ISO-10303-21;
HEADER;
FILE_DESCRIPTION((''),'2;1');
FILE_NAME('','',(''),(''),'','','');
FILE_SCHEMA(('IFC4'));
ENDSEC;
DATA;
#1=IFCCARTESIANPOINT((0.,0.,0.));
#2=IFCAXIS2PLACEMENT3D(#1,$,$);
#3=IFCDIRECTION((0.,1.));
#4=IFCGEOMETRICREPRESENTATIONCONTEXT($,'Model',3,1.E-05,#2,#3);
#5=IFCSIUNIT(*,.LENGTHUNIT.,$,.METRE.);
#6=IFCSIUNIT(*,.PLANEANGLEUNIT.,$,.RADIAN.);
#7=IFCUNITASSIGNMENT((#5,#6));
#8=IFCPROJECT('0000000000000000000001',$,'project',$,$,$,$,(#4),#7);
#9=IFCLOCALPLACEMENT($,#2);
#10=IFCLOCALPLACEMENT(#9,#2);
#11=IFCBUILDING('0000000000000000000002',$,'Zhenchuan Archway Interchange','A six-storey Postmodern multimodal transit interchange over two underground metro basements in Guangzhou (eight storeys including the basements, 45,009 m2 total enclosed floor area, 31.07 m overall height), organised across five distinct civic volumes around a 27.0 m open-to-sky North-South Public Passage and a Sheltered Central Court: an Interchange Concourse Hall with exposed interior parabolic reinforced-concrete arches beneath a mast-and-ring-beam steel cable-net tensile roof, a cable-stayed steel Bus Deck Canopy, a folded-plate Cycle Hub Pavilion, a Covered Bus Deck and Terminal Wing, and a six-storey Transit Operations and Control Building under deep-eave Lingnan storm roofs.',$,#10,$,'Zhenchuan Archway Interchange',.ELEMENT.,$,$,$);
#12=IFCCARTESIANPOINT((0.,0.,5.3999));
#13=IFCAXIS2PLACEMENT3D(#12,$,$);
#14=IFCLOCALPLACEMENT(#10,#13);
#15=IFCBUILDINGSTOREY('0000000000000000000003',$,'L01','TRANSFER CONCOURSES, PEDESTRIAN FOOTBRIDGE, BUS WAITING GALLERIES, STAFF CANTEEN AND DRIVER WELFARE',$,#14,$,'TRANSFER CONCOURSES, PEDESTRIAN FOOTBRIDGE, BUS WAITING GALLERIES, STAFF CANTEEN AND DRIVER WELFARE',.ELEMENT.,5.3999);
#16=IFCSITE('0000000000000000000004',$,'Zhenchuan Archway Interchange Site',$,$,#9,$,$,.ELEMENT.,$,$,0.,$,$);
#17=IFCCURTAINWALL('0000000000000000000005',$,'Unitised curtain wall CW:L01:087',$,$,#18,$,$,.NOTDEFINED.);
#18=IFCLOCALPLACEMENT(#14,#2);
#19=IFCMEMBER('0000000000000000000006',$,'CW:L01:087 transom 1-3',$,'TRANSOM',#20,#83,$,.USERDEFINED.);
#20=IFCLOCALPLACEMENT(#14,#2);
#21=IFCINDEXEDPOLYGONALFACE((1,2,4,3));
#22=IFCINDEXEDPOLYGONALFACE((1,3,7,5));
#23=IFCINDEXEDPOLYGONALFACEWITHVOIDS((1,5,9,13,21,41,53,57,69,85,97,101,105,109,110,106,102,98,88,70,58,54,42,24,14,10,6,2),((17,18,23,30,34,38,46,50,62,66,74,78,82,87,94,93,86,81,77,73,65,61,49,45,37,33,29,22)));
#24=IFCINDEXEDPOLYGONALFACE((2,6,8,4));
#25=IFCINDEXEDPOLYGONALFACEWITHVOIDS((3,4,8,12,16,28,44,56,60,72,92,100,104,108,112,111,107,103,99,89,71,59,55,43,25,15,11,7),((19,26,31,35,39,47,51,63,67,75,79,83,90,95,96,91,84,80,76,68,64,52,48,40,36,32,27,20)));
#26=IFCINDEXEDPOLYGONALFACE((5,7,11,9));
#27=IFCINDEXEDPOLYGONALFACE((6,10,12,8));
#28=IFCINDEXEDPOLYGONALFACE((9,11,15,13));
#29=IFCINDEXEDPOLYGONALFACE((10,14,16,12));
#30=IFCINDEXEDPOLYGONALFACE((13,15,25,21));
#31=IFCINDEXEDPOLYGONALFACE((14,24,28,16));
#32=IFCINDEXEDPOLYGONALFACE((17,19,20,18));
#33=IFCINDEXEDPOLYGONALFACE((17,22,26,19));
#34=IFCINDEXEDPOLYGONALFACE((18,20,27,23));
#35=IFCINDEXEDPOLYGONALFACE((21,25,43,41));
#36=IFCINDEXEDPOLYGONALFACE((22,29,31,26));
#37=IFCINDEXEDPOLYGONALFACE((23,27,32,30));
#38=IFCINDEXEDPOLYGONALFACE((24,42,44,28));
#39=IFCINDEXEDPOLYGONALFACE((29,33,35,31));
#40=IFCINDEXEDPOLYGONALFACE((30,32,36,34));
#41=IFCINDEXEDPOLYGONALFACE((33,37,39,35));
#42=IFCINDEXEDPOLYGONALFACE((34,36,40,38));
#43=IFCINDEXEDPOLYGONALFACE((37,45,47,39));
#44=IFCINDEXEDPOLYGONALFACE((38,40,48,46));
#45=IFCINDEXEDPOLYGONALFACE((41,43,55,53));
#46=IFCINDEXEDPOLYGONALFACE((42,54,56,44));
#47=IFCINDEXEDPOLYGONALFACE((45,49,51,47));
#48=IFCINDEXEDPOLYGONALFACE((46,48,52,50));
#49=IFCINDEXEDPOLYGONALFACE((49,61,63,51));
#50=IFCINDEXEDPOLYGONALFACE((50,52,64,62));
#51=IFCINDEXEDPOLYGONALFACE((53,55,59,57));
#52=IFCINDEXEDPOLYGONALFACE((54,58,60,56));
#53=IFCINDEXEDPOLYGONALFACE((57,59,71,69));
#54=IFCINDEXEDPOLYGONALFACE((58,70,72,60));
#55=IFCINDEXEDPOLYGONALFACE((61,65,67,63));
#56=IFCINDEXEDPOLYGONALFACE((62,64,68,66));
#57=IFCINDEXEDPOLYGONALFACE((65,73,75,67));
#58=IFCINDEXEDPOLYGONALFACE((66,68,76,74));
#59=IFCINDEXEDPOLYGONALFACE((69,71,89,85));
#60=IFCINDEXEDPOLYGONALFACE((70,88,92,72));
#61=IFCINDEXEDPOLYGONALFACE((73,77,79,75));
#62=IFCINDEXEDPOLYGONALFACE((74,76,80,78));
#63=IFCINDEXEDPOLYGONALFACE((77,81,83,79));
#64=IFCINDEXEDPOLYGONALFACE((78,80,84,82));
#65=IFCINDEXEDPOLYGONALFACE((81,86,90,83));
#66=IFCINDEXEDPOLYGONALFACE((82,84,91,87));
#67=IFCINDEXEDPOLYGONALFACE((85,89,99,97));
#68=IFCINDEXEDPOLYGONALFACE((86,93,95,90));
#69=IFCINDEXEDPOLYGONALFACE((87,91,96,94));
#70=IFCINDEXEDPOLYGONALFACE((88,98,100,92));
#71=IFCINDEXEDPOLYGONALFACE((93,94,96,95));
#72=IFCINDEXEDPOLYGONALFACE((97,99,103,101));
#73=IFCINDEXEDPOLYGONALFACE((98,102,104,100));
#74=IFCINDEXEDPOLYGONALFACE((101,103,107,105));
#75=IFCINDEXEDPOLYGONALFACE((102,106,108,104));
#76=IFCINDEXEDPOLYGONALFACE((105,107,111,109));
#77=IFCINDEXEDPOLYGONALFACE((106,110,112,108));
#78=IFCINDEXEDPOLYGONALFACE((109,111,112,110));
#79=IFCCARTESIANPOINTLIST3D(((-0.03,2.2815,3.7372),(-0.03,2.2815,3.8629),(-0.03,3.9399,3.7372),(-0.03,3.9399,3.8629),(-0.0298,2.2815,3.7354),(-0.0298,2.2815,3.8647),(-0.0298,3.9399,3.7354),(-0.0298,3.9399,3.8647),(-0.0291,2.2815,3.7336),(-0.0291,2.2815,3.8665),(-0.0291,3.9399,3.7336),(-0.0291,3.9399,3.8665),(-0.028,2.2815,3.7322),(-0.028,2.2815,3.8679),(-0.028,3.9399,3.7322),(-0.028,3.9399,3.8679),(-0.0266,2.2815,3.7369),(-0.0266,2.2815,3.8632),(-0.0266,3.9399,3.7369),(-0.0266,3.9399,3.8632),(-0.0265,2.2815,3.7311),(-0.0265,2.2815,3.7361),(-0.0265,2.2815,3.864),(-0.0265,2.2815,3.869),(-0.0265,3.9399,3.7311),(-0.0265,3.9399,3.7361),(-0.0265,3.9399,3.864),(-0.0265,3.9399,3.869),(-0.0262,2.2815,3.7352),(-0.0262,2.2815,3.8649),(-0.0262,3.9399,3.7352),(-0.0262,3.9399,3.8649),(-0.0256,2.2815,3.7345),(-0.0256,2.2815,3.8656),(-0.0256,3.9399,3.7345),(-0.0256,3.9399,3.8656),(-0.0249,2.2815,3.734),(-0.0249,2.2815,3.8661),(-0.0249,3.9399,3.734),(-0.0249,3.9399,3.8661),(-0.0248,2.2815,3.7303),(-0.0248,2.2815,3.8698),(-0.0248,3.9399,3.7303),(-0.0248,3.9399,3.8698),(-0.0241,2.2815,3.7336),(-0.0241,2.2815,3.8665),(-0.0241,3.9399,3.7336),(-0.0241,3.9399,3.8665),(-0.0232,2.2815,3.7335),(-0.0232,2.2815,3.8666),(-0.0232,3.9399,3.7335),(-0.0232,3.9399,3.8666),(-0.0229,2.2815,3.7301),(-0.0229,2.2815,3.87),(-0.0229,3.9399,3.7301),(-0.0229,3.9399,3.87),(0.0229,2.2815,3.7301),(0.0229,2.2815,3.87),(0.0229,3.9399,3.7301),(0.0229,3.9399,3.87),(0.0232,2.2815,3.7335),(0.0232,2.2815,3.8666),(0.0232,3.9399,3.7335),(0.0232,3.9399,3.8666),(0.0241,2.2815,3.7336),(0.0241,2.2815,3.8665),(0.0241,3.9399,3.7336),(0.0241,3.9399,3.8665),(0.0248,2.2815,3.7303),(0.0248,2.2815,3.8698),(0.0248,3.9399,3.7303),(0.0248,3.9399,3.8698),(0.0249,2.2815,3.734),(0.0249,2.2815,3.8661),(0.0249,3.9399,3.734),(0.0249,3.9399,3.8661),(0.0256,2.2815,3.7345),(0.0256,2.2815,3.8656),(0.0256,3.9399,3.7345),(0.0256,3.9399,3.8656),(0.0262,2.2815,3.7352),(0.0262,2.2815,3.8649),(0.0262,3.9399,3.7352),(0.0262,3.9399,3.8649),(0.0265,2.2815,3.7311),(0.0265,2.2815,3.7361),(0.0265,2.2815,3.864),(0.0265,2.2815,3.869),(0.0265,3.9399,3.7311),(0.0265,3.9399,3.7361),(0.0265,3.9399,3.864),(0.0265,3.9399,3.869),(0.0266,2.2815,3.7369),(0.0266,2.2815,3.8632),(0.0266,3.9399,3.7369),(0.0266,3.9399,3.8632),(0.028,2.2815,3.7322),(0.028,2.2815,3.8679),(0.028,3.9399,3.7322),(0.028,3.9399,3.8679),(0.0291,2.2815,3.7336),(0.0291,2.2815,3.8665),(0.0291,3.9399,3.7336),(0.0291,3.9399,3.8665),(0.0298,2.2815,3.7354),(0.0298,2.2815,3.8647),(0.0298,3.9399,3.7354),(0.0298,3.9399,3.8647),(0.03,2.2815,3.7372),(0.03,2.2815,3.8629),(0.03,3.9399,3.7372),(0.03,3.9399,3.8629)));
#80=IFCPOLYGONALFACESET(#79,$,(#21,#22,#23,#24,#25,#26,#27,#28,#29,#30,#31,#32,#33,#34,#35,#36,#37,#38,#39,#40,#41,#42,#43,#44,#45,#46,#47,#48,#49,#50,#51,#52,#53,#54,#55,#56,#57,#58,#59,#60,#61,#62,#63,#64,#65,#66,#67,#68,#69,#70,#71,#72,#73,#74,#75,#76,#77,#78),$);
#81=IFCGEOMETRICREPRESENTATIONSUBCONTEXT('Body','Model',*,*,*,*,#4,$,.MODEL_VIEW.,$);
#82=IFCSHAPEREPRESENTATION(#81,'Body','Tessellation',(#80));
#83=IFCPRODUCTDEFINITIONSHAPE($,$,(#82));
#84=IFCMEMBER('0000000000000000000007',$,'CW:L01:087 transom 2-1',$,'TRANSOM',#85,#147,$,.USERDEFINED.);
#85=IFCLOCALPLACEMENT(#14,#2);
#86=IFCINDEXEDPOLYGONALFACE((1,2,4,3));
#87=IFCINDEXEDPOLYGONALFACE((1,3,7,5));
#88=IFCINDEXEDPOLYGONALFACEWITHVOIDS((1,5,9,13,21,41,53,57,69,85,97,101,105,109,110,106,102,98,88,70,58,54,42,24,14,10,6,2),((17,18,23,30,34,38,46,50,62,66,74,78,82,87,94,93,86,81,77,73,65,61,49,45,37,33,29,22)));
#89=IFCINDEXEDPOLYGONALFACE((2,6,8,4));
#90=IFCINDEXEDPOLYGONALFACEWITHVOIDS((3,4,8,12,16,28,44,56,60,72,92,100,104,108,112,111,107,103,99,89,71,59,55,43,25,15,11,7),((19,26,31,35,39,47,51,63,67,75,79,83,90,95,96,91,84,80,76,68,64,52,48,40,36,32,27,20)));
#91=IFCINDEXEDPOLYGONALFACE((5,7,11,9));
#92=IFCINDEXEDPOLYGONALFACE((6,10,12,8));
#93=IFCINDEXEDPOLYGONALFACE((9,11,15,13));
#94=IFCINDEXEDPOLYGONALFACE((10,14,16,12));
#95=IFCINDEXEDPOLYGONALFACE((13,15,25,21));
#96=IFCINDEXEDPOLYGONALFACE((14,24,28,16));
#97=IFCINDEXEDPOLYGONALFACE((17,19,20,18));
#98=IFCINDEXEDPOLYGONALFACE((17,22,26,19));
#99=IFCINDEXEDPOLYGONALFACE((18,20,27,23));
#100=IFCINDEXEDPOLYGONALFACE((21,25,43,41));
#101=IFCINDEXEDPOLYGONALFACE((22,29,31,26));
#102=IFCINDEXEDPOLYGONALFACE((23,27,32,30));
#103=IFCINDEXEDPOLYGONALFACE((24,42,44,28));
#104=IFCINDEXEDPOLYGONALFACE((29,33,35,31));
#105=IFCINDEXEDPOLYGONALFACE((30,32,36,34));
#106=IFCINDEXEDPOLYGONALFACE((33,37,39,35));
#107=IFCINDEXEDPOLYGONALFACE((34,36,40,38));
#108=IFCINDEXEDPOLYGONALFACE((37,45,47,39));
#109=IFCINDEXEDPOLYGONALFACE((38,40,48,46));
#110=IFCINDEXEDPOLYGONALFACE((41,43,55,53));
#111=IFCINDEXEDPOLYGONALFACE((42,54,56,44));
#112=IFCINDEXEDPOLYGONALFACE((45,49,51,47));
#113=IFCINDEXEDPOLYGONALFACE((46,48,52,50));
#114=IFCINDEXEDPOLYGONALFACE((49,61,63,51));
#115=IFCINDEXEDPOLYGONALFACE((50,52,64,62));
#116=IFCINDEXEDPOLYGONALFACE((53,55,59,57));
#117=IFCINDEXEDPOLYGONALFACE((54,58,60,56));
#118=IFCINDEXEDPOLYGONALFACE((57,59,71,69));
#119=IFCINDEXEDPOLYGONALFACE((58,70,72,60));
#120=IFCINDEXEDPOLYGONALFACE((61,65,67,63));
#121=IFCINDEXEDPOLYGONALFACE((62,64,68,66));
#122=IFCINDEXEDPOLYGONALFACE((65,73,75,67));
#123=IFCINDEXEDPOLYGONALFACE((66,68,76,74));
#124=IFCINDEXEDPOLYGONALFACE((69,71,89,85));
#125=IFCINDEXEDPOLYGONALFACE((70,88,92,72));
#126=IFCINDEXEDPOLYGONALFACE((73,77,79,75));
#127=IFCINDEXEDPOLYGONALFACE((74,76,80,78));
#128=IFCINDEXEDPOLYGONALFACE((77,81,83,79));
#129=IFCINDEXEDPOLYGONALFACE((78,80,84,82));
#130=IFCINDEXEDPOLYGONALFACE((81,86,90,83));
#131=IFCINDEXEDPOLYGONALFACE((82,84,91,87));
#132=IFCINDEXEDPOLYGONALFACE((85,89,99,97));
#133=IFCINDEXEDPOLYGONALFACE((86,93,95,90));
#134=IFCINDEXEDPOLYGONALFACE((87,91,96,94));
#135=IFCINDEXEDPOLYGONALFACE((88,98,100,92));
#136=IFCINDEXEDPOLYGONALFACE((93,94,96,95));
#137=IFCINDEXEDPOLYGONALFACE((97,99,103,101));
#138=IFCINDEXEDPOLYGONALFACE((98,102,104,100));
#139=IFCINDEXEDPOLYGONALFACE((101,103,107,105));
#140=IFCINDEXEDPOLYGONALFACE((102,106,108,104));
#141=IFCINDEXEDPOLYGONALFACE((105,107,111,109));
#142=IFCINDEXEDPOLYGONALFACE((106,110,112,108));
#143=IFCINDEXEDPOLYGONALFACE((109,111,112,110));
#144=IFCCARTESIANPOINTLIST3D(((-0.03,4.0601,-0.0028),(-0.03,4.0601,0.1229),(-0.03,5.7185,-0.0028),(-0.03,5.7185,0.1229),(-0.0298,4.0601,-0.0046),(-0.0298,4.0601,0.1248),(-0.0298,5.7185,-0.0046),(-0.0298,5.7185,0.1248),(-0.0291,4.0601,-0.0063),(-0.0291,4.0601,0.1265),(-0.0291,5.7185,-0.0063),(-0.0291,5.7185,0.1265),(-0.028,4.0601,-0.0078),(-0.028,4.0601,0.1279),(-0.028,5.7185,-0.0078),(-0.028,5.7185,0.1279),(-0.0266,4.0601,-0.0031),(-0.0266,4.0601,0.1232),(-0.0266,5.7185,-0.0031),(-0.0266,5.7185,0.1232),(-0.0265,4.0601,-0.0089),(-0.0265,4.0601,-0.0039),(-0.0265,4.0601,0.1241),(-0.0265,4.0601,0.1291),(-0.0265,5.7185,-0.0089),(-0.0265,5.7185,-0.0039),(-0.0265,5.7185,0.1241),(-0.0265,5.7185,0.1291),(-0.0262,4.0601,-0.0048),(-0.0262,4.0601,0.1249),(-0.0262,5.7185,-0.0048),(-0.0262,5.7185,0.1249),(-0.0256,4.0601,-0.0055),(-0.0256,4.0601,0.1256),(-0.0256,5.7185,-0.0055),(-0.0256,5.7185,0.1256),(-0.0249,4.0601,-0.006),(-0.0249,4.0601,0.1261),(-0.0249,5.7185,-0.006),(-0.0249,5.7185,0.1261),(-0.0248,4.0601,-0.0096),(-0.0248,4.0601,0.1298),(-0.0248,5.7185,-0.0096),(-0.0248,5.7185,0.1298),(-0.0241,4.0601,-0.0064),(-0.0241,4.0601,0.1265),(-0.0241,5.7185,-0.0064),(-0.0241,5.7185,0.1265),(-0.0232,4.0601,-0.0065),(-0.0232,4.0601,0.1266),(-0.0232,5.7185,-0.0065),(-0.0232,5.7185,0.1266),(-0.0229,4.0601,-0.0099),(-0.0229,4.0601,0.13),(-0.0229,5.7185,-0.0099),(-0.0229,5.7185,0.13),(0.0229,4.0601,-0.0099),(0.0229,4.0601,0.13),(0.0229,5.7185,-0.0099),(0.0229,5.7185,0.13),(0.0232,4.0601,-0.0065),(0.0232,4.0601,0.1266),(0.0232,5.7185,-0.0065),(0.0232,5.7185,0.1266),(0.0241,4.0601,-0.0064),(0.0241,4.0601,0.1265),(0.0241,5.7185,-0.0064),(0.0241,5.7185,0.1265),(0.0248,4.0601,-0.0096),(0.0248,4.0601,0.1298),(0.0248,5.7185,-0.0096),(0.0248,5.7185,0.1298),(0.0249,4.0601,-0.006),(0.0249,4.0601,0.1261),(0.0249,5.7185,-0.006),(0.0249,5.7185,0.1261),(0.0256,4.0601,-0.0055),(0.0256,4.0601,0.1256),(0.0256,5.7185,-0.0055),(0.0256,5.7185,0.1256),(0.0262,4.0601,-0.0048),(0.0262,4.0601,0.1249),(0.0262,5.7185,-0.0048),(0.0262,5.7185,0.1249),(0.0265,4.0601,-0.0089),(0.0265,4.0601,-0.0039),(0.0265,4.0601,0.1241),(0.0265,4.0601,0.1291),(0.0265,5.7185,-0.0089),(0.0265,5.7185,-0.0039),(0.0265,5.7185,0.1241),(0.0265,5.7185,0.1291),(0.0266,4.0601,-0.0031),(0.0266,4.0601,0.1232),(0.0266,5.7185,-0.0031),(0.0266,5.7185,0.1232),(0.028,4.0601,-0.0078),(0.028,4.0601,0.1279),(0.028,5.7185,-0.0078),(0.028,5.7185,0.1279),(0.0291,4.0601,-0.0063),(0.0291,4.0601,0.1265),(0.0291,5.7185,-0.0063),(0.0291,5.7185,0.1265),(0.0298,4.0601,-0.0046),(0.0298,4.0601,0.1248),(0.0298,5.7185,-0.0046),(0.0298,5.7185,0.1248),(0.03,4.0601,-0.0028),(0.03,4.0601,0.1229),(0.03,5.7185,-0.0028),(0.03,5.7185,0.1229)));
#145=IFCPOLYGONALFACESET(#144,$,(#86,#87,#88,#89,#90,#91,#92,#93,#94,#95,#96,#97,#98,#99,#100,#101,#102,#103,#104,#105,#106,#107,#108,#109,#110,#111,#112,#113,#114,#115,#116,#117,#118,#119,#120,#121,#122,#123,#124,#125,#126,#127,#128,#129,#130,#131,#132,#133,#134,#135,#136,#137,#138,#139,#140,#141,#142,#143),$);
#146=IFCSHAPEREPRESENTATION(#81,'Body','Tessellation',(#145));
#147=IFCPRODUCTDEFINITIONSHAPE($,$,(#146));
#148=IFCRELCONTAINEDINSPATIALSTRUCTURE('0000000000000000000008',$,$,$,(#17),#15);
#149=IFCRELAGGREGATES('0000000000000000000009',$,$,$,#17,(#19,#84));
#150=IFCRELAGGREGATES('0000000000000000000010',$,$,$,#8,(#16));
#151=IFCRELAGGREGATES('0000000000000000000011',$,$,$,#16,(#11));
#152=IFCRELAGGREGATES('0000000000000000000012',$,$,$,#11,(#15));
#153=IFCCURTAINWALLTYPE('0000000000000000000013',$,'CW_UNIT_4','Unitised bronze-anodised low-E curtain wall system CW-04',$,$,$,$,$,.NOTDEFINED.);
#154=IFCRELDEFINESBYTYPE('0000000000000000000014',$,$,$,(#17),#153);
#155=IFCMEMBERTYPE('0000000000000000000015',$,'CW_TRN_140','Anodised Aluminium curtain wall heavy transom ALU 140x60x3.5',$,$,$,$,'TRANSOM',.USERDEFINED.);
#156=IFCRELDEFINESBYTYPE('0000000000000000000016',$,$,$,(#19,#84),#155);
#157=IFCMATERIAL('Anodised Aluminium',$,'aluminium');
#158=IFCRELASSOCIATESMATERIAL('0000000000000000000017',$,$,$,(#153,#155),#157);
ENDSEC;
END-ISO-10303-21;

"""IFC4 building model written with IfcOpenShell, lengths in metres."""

from ifc_helpers import new_model, si_unit, direction, frame, origin, origin_2d, place, context, subcontext, project, spatial, hollow_rectangle, extrude, material, material_profile, profile_set, type_object, element, aggregate, save


model = new_model("IFC4")

# Units and contexts
model_context = context("Model", 3, precision=1e-05, world=origin(), true_north=direction((0.0, 1.0)))
body_context = subcontext(model_context, "Body", "Model", "MODEL_VIEW")
ifc_project = project(units=[si_unit("LENGTHUNIT", "METRE"), si_unit("PLANEANGLEUNIT", "RADIAN")], contexts=[model_context])

# Site, building, storey
site_placement = place(None, origin())
site = spatial("IfcSite", under=ifc_project, at=site_placement, Name="Zhenchuan Archway Interchange Site", CompositionType="ELEMENT", RefElevation=0.0)
building_placement = place(site_placement, origin())
building = spatial("IfcBuilding", under=site, at=building_placement, Name="Zhenchuan Archway Interchange", Description="A six-storey Postmodern multimodal transit interchange over two underground metro basements in Guangzhou (eight storeys including the basements, 45,009 m2 total enclosed floor area, 31.07 m overall height), organised across five distinct civic volumes around a 27.0 m open-to-sky North-South Public Passage and a Sheltered Central Court: an Interchange Concourse Hall with exposed interior parabolic reinforced-concrete arches beneath a mast-and-ring-beam steel cable-net tensile roof, a cable-stayed steel Bus Deck Canopy, a folded-plate Cycle Hub Pavilion, a Covered Bus Deck and Terminal Wing, and a six-storey Transit Operations and Control Building under deep-eave Lingnan storm roofs.", LongName="Zhenchuan Archway Interchange", CompositionType="ELEMENT")
storey_placement = place(building_placement, frame((0.0, 0.0, 5.3999)))
storey = spatial("IfcBuildingStorey", under=building, at=storey_placement, Name="L01", Description="TRANSFER CONCOURSES, PEDESTRIAN FOOTBRIDGE, BUS WAITING GALLERIES, STAFF CANTEEN AND DRIVER WELFARE", LongName="TRANSFER CONCOURSES, PEDESTRIAN FOOTBRIDGE, BUS WAITING GALLERIES, STAFF CANTEEN AND DRIVER WELFARE", CompositionType="ELEMENT", Elevation=5.3999)

# Curtain wall
ifc_material_1 = material(Name="Anodised Aluminium", Category="aluminium")
curtain_wall_type_1 = type_object("IfcCurtainWallType", Name="CW_UNIT_4", Description="Unitised bronze-anodised low-E curtain wall system CW-04", PredefinedType="NOTDEFINED", material=ifc_material_1)
curtain_wall_1_placement = place(storey_placement, origin())
curtain_wall_1 = element("IfcCurtainWall", 1, at=curtain_wall_1_placement, inside=storey, type_object=curtain_wall_type_1, Name="Unitised curtain wall CW:L01:087", PredefinedType="NOTDEFINED")

# Members
ifc_material_profile_1 = material_profile(ifc_material_1, hollow_rectangle(XDim=0.0601, YDim=0.1399, WallThickness=0.0034, InnerFilletRadius=0.0034, OuterFilletRadius=0.0071, at=origin_2d()), Name="ALU 140x60x3.5")
ifc_profile_set_1 = profile_set([ifc_material_profile_1], Name="Anodised Aluminium")
member_type_1 = type_object("IfcMemberType", Name="CW_TRN_140", Description="Anodised Aluminium curtain wall heavy transom ALU 140x60x3.5", ElementType="TRANSOM", PredefinedType="USERDEFINED", material=ifc_profile_set_1)
member_1_placement = place(storey_placement, frame((0.0, 2.2815, 3.8), z_axis=(0.0, 1.0, 0.0), x_axis=(-1.0, 0.0, 0.0)))
member_1 = element("IfcMember", 2, at=member_1_placement, type_object=member_type_1, Name="CW:L01:087 transom 1-3", ObjectType="TRANSOM", PredefinedType="USERDEFINED", context=body_context, shape_type="SweptSolid", body=[
    extrude(hollow_rectangle(XDim=0.0601, YDim=0.1399, WallThickness=0.0034, InnerFilletRadius=0.0034, OuterFilletRadius=0.0071, at=origin_2d()), origin(), (0.0, 0.0, 1.0), 1.6584),
])
member_2_placement = place(storey_placement, frame((0.0, 4.0601, 0.0601), z_axis=(0.0, 1.0, 0.0), x_axis=(-1.0, 0.0, 0.0)))
member_2 = element("IfcMember", 3, at=member_2_placement, type_object=member_type_1, Name="CW:L01:087 transom 2-1", ObjectType="TRANSOM", PredefinedType="USERDEFINED", context=body_context, shape_type="SweptSolid", body=[
    extrude(hollow_rectangle(XDim=0.0601, YDim=0.1399, WallThickness=0.0034, InnerFilletRadius=0.0034, OuterFilletRadius=0.0071, at=origin_2d()), origin(), (0.0, 0.0, 1.0), 1.6584),
])

aggregate(curtain_wall_1, [member_1, member_2])

save(model, "model.ifc")
